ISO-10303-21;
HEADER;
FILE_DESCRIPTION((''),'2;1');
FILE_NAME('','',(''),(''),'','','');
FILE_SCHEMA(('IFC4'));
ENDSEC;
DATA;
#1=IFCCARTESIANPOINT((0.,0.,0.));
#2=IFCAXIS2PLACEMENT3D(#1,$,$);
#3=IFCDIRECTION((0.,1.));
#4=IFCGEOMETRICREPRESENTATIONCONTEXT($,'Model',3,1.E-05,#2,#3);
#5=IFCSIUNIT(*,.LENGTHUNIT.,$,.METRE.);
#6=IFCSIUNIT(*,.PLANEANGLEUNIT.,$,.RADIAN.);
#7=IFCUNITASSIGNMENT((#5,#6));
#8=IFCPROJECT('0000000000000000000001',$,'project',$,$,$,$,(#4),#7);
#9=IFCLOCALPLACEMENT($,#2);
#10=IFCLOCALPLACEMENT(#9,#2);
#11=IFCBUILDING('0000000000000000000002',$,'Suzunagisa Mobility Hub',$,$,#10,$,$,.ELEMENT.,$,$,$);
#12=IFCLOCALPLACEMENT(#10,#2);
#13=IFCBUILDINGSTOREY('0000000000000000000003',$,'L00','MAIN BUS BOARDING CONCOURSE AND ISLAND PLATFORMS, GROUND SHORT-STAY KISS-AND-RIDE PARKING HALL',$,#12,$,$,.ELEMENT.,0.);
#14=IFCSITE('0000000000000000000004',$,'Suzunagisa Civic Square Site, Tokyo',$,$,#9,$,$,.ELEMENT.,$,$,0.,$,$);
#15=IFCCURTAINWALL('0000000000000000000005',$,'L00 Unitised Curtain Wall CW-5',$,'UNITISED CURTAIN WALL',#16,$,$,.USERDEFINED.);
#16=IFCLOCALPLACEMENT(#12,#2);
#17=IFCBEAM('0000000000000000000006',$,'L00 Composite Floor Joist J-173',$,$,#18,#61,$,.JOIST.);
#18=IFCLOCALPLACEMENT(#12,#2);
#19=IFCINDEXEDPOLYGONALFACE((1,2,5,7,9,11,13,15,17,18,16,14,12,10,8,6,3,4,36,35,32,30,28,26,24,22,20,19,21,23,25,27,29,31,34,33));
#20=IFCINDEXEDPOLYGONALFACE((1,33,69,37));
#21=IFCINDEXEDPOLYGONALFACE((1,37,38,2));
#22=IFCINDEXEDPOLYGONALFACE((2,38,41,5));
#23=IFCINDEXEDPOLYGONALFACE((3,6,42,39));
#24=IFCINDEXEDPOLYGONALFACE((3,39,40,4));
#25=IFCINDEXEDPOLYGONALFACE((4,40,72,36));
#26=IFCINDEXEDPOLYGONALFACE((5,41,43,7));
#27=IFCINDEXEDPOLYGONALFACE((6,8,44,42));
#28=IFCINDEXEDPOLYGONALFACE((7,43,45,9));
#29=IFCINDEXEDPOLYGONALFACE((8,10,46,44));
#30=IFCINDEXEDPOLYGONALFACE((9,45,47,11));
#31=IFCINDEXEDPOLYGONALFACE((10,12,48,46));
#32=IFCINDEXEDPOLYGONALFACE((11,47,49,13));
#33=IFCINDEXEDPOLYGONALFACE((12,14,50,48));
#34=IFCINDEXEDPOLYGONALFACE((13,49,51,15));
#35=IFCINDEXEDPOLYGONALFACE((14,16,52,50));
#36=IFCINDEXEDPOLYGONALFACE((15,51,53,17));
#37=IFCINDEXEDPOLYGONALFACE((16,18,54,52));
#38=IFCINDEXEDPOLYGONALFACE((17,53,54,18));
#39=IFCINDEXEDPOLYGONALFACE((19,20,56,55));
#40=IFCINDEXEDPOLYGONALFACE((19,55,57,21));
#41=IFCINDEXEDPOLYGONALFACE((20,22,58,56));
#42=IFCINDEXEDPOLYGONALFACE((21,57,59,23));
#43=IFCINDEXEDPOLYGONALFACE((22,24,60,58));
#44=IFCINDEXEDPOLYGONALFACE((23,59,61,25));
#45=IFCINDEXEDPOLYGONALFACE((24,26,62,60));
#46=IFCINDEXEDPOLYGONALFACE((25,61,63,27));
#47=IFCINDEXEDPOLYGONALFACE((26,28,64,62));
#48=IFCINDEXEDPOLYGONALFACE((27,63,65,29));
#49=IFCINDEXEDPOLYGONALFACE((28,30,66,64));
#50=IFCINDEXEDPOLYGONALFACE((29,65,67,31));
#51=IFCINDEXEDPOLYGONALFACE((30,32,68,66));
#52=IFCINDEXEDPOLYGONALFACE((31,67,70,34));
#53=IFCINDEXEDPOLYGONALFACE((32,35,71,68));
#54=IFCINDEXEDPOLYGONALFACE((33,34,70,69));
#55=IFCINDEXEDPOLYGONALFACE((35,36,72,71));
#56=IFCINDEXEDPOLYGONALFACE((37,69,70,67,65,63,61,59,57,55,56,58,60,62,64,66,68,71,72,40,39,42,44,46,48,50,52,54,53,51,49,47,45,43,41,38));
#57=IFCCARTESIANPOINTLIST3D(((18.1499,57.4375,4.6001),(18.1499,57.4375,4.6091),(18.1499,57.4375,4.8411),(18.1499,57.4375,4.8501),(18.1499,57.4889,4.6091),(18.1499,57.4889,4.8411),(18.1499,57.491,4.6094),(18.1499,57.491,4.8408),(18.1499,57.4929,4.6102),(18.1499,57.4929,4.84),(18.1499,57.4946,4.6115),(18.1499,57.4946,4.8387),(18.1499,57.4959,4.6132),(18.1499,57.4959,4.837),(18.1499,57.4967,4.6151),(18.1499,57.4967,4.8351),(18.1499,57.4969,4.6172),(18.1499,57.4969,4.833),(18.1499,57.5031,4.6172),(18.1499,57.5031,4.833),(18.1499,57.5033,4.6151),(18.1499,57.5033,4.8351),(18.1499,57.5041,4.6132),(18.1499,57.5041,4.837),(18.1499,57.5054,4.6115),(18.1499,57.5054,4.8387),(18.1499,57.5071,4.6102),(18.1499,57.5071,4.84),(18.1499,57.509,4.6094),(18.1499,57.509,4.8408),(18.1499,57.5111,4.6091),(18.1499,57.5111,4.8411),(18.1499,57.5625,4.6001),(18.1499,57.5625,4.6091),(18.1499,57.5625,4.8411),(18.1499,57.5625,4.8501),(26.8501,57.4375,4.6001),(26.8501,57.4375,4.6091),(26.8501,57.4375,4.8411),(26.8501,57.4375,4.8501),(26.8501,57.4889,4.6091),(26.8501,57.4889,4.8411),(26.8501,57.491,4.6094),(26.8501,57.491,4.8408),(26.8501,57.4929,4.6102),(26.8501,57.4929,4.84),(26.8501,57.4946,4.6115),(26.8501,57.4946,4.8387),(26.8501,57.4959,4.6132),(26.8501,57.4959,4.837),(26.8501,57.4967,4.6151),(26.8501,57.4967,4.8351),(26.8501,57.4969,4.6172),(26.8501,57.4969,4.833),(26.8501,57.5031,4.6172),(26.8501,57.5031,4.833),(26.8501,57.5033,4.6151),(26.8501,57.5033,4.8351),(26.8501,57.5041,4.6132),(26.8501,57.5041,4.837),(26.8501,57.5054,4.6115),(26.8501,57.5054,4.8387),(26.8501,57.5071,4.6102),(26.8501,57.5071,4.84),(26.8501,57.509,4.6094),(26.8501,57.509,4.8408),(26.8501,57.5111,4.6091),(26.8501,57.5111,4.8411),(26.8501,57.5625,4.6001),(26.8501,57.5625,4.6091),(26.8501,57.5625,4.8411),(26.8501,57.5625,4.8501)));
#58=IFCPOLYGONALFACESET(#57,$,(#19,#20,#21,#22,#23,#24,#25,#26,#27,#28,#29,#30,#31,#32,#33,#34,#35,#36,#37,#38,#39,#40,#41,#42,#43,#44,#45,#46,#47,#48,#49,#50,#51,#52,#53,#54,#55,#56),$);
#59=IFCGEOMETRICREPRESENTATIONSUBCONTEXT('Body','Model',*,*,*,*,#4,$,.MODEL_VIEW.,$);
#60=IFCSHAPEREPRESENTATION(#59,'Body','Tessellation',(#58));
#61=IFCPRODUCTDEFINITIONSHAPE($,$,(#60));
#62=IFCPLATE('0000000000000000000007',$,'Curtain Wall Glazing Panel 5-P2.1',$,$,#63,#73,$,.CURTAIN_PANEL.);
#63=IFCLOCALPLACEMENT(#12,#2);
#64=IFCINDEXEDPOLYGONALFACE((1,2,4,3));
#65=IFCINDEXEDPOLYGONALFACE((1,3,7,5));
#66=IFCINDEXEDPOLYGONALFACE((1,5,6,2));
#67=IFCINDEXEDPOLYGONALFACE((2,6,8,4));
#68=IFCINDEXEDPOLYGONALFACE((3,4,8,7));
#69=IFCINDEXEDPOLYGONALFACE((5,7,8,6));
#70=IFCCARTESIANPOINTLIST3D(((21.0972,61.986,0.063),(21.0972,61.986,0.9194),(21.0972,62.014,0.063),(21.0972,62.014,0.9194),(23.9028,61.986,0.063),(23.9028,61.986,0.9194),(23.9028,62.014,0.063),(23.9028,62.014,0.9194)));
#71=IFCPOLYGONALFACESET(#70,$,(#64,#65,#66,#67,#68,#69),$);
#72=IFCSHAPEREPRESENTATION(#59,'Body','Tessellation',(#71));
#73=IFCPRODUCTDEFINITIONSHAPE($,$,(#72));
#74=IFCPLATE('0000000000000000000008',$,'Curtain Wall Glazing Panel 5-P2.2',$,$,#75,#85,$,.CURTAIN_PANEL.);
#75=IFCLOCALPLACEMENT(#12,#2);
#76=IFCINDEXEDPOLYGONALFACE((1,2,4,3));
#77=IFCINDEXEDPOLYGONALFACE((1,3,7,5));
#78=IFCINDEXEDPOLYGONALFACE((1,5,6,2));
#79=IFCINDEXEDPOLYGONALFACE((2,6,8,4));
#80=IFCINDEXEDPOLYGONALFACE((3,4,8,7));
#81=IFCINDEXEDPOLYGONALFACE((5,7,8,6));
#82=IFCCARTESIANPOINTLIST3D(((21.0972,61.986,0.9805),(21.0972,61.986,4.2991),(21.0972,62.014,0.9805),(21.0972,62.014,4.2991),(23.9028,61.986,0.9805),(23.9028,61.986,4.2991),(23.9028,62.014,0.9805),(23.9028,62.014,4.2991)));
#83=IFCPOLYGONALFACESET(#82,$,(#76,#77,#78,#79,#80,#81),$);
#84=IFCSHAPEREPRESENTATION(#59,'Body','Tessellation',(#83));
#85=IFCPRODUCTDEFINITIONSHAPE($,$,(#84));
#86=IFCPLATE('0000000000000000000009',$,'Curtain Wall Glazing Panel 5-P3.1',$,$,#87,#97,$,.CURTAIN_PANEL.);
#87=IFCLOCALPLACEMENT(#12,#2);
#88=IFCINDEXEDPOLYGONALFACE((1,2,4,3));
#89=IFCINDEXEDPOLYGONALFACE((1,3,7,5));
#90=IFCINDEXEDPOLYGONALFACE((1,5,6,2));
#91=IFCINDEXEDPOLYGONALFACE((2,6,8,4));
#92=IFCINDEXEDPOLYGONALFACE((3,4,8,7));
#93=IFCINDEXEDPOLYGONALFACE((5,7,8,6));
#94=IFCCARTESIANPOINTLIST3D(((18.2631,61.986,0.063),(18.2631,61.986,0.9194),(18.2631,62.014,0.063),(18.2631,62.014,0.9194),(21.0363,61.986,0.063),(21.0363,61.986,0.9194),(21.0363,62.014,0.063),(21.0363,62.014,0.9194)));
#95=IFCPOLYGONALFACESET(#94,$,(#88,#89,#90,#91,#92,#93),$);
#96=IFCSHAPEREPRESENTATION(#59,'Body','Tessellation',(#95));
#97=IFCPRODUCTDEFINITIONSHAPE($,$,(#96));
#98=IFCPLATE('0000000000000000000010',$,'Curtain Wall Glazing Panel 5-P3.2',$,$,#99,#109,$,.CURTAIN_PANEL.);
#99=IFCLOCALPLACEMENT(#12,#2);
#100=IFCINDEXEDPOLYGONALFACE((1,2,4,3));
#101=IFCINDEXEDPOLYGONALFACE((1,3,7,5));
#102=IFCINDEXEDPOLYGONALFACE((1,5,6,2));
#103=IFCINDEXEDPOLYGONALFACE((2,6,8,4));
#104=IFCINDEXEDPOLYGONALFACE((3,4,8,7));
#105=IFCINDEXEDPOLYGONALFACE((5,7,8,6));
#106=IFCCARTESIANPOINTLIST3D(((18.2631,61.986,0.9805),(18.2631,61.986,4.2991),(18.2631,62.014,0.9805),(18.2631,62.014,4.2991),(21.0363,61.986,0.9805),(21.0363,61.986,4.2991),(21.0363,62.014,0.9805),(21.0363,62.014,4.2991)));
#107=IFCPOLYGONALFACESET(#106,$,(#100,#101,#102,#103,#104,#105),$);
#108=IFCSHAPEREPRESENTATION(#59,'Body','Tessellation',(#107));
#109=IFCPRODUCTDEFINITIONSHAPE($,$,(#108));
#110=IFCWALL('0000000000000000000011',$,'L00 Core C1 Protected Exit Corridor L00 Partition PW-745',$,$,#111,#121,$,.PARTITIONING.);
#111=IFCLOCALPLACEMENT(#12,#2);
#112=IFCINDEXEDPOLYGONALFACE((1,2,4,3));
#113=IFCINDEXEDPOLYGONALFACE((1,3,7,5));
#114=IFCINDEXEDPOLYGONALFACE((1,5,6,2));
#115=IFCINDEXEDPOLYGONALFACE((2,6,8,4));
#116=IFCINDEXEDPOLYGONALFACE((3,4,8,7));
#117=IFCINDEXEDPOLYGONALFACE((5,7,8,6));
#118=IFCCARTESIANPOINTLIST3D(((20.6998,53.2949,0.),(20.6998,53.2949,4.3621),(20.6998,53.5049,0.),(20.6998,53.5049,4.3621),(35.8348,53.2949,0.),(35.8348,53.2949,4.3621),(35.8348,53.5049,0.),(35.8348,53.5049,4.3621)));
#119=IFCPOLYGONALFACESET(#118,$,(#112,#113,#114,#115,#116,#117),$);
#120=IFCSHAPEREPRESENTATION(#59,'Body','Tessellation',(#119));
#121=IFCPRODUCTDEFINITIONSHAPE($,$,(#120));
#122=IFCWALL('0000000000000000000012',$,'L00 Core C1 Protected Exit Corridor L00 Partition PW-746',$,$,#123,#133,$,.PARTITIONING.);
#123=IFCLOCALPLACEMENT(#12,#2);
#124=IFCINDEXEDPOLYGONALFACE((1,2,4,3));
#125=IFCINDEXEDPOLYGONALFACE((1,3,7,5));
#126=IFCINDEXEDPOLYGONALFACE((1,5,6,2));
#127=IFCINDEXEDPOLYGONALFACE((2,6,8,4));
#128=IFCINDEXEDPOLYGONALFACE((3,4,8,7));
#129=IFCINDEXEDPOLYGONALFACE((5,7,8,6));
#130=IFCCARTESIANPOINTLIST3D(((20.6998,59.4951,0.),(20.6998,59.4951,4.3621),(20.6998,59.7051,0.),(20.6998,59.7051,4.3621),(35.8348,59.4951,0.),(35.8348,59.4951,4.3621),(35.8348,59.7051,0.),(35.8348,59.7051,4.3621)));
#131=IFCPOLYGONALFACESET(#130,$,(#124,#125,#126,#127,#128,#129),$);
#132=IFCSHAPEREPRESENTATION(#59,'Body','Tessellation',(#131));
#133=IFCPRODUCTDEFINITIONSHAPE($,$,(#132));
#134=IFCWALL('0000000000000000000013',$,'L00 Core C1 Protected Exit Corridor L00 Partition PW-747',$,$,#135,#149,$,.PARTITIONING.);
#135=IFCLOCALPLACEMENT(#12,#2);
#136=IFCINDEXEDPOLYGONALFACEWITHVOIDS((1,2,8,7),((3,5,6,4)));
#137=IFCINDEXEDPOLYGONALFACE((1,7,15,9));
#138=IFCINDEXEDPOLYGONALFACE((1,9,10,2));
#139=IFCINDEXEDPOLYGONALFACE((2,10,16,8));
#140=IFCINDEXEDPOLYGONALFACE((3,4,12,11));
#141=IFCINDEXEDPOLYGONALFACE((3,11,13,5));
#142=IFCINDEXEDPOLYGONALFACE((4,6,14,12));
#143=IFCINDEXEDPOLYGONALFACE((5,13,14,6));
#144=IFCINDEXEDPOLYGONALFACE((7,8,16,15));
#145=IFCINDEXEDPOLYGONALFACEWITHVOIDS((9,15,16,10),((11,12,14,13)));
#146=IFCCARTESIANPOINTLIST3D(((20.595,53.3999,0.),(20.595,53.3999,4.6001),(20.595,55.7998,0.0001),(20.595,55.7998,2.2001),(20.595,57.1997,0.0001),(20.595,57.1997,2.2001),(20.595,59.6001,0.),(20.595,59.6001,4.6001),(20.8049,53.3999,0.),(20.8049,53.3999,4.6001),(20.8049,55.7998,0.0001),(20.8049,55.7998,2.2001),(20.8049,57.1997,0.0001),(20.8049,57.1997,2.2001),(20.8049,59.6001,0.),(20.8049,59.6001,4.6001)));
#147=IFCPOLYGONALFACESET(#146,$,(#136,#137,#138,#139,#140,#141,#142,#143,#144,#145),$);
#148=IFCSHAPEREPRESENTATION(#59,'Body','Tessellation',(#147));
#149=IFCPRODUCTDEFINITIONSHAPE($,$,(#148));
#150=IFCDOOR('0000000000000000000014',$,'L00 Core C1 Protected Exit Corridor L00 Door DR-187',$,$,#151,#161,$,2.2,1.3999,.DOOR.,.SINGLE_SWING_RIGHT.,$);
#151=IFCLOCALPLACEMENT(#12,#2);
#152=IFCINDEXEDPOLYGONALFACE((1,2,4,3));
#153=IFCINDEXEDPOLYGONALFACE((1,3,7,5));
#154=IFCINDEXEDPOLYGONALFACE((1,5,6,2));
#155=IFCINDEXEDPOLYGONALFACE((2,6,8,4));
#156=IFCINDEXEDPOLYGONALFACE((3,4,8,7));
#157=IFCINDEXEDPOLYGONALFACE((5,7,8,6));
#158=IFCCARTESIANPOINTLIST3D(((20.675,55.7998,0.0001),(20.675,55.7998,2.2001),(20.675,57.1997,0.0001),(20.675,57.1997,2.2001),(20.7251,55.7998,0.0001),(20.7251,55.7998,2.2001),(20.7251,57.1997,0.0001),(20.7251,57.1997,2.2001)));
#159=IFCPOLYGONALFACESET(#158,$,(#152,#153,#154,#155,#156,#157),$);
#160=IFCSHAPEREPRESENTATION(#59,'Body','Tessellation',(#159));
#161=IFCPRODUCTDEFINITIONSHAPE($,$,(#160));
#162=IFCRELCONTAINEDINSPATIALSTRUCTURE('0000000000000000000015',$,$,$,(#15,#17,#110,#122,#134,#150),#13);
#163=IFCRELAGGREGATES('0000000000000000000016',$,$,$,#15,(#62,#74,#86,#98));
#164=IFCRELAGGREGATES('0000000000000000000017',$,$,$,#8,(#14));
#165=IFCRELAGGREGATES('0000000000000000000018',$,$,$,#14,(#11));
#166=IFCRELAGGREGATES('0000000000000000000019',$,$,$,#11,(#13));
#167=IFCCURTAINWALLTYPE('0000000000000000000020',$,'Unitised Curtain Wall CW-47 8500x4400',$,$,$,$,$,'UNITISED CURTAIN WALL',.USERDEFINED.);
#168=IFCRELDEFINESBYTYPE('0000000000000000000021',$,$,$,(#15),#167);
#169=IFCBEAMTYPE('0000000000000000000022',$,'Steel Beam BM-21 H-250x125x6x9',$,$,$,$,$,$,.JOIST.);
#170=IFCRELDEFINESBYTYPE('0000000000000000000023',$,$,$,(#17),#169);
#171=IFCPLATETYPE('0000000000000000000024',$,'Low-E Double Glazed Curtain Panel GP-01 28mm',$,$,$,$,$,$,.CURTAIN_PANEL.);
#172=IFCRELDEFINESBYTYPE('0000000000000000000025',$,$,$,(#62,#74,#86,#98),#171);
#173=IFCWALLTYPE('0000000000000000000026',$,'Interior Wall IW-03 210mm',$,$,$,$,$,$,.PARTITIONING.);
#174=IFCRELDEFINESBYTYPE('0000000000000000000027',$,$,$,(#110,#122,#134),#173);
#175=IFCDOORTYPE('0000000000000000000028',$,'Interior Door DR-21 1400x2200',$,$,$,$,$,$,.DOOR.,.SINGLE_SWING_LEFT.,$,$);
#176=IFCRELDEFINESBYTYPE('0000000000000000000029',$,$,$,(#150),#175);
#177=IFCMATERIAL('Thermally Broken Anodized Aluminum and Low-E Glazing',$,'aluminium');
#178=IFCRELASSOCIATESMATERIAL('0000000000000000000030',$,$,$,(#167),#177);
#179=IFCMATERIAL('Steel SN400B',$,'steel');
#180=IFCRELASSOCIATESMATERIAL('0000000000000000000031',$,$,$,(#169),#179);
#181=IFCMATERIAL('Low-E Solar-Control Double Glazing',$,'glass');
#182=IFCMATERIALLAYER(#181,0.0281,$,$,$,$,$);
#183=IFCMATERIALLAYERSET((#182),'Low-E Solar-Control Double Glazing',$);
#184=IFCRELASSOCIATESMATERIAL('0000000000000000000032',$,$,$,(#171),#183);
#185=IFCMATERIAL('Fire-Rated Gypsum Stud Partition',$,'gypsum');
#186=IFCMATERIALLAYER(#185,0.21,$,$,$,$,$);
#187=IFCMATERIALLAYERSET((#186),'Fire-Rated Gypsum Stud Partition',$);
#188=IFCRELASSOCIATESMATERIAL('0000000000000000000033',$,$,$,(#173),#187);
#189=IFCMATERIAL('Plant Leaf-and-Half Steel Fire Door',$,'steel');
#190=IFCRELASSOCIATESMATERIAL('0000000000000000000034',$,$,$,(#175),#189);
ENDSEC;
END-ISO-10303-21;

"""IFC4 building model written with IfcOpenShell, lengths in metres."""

from ifc_helpers import new_model, si_unit, direction, frame, frame_2d, origin, origin_2d, place, context, subcontext, project, spatial, rectangle, i_section, extrude, material, layer, layer_set, material_profile, profile_set, type_object, element, fill, aggregate, save


model = new_model("IFC4")

# Units and contexts
model_context = context("Model", 3, precision=1e-05, world=origin(), true_north=direction((0.0, 1.0)))
body_context = subcontext(model_context, "Body", "Model", "MODEL_VIEW")
ifc_project = project(units=[si_unit("LENGTHUNIT", "METRE"), si_unit("PLANEANGLEUNIT", "RADIAN")], contexts=[model_context])

# Site, building, storey
site_placement = place(None, origin())
site = spatial("IfcSite", under=ifc_project, at=site_placement, Name="Suzunagisa Civic Square Site, Tokyo", CompositionType="ELEMENT", RefElevation=0.0)
building_placement = place(site_placement, origin())
building = spatial("IfcBuilding", under=site, at=building_placement, Name="Suzunagisa Mobility Hub", CompositionType="ELEMENT")
storey_placement = place(building_placement, origin())
storey = spatial("IfcBuildingStorey", under=building, at=storey_placement, Name="L00", Description="MAIN BUS BOARDING CONCOURSE AND ISLAND PLATFORMS, GROUND SHORT-STAY KISS-AND-RIDE PARKING HALL", CompositionType="ELEMENT", Elevation=0.0)

# Curtain wall
ifc_material_1 = material(Name="Thermally Broken Anodized Aluminum and Low-E Glazing", Category="aluminium")
curtain_wall_type = type_object("IfcCurtainWallType", Name="Unitised Curtain Wall CW-47 8500x4400", ElementType="UNITISED CURTAIN WALL", PredefinedType="USERDEFINED", material=ifc_material_1)
curtain_wall_placement = place(storey_placement, origin())
curtain_wall = element("IfcCurtainWall", 1, at=curtain_wall_placement, inside=storey, type_object=curtain_wall_type, Name="L00 Unitised Curtain Wall CW-5", ObjectType="UNITISED CURTAIN WALL", PredefinedType="USERDEFINED")

# Beam
ifc_material_2 = material(Name="Steel SN400B", Category="steel")
ifc_material_profile_1 = material_profile(ifc_material_2, i_section(OverallWidth=0.125, OverallDepth=0.25, WebThickness=0.0061, FlangeThickness=0.009, FilletRadius=0.0081, at=origin_2d()), Name="H-250x125x6x9")
ifc_profile_set_1 = profile_set([ifc_material_profile_1], Name="Steel SN400B")
beam_type_1 = type_object("IfcBeamType", Name="Steel Beam BM-21 H-250x125x6x9", PredefinedType="JOIST", material=ifc_profile_set_1)
beam_1_placement = place(storey_placement, frame((18.1499, 57.5, 4.7251), z_axis=(1.0, 0.0, 0.0), x_axis=(0.0, 1.0, 0.0)))
element("IfcBeam", 2, at=beam_1_placement, inside=storey, type_object=beam_type_1, Name="L00 Composite Floor Joist J-173", PredefinedType="JOIST", context=body_context, shape_type="SweptSolid", body=[
    extrude(i_section(OverallWidth=0.125, OverallDepth=0.25, WebThickness=0.0061, FlangeThickness=0.009, FilletRadius=0.0081, at=origin_2d()), origin(), (0.0, 0.0, 1.0), 8.7002),
])

# Plates
ifc_material_3 = material(Name="Low-E Solar-Control Double Glazing", Category="glass")
ifc_layer_1 = layer(ifc_material_3, 0.0281)
ifc_layer_set_1 = layer_set([ifc_layer_1], Name="Low-E Solar-Control Double Glazing")
plate_type = type_object("IfcPlateType", Name="Low-E Double Glazed Curtain Panel GP-01 28mm", PredefinedType="CURTAIN_PANEL", material=ifc_layer_set_1)
plate_1_placement = place(storey_placement, frame((22.5, 62.0, 0.063), z_axis=(0.0, 0.0, 1.0), x_axis=(-1.0, 0.0, 0.0)))
plate_1 = element("IfcPlate", 3, at=plate_1_placement, type_object=plate_type, Name="Curtain Wall Glazing Panel 5-P2.1", PredefinedType="CURTAIN_PANEL", context=body_context, shape_type="SweptSolid", body=[
    extrude(rectangle(XDim=2.8057, YDim=0.0281, at=origin_2d()), origin(), (0.0, 0.0, 1.0), 0.8564),
])
plate_2_placement = place(storey_placement, frame((22.5, 62.0, 0.9805), z_axis=(0.0, 0.0, 1.0), x_axis=(-1.0, 0.0, 0.0)))
plate_2 = element("IfcPlate", 4, at=plate_2_placement, type_object=plate_type, Name="Curtain Wall Glazing Panel 5-P2.2", PredefinedType="CURTAIN_PANEL", context=body_context, shape_type="SweptSolid", body=[
    extrude(rectangle(XDim=2.8057, YDim=0.0281, at=origin_2d()), origin(), (0.0, 0.0, 1.0), 3.3186),
])
plate_3_placement = place(storey_placement, frame((19.6497, 62.0, 0.063), z_axis=(0.0, 0.0, 1.0), x_axis=(-1.0, 0.0, 0.0)))
plate_3 = element("IfcPlate", 5, at=plate_3_placement, type_object=plate_type, Name="Curtain Wall Glazing Panel 5-P3.1", PredefinedType="CURTAIN_PANEL", context=body_context, shape_type="SweptSolid", body=[
    extrude(rectangle(XDim=2.7732, YDim=0.0281, at=origin_2d()), origin(), (0.0, 0.0, 1.0), 0.8564),
])
plate_4_placement = place(storey_placement, frame((19.6497, 62.0, 0.9805), z_axis=(0.0, 0.0, 1.0), x_axis=(-1.0, 0.0, 0.0)))
plate_4 = element("IfcPlate", 6, at=plate_4_placement, type_object=plate_type, Name="Curtain Wall Glazing Panel 5-P3.2", PredefinedType="CURTAIN_PANEL", context=body_context, shape_type="SweptSolid", body=[
    extrude(rectangle(XDim=2.7732, YDim=0.0281, at=origin_2d()), origin(), (0.0, 0.0, 1.0), 3.3186),
])
aggregate(curtain_wall, [plate_1, plate_2, plate_3, plate_4])

# Walls
ifc_material_4 = material(Name="Fire-Rated Gypsum Stud Partition", Category="gypsum")
ifc_layer_2 = layer(ifc_material_4, 0.21)
ifc_layer_set_2 = layer_set([ifc_layer_2], Name="Fire-Rated Gypsum Stud Partition")
wall_type = type_object("IfcWallType", Name="Interior Wall IW-03 210mm", PredefinedType="PARTITIONING", material=ifc_layer_set_2)
for number, where, z_axis, x_axis, name in (
    (7, (20.7, 53.3999, 0.0), (0.0, 0.0, 1.0), (1.0, 0.0, 0.0), "L00 Core C1 Protected Exit Corridor L00 Partition PW-745"),
    (8, (20.7, 59.6001, 0.0), (0.0, 0.0, 1.0), (1.0, 0.0, 0.0), "L00 Core C1 Protected Exit Corridor L00 Partition PW-746"),
):
    element("IfcWall", number, at=place(storey_placement, frame(where, z_axis=z_axis, x_axis=x_axis)), inside=storey, type_object=wall_type, Name=name, PredefinedType="PARTITIONING", context=body_context, shape_type="SweptSolid", body=[
        extrude(rectangle(XDim=15.135, YDim=0.21, at=frame_2d((7.5674, 0.0))), origin(), (0.0, 0.0, 1.0), 4.3621),
    ])

# Wall, opening, door
wall_placement = place(storey_placement, frame((20.7, 53.3999, 0.0), z_axis=(0.0, 0.0, 1.0), x_axis=(0.0, 1.0, 0.0)))
wall = element("IfcWall", 9, at=wall_placement, inside=storey, type_object=wall_type, Name="L00 Core C1 Protected Exit Corridor L00 Partition PW-747", PredefinedType="PARTITIONING", context=body_context, shape_type="SweptSolid", body=[
    extrude(rectangle(XDim=6.2002, YDim=0.21, at=frame_2d((3.1001, 0.0))), origin(), (0.0, 0.0, 1.0), 4.6001),
])
opening_placement = place(wall_placement, frame((2.3999, 0.0, 0.0)))
opening = element("IfcOpeningElement", 10, at=opening_placement, cuts=wall, PredefinedType="OPENING", context=body_context, shape_type="SweptSolid", body=[
    extrude(rectangle(XDim=1.3999, YDim=2.2, at=frame_2d((0.7, 1.1001))), frame((0.0, 0.116, 0.0), z_axis=(0.0, -1.0, 0.0), x_axis=(1.0, 0.0, 0.0)), (0.0, 0.0, 1.0), 0.2319),
])
ifc_material_5 = material(Name="Plant Leaf-and-Half Steel Fire Door", Category="steel")
door_type = type_object("IfcDoorType", Name="Interior Door DR-21 1400x2200", OperationType="SINGLE_SWING_LEFT", PredefinedType="DOOR", material=ifc_material_5)
door_placement = place(opening_placement, origin())
door = element("IfcDoor", 11, at=door_placement, inside=storey, type_object=door_type, Name="L00 Core C1 Protected Exit Corridor L00 Door DR-187", OperationType="SINGLE_SWING_RIGHT", OverallHeight=2.2, OverallWidth=1.3999, PredefinedType="DOOR", context=body_context, shape_type="SweptSolid", body=[
    extrude(rectangle(XDim=1.3999, YDim=2.2, at=frame_2d((0.7, 1.1001))), frame((0.0, 0.0249, 0.0), z_axis=(0.0, -1.0, 0.0), x_axis=(1.0, 0.0, 0.0)), (0.0, 0.0, 1.0), 0.05),
])
fill(opening, door)

save(model, "model.ifc")
